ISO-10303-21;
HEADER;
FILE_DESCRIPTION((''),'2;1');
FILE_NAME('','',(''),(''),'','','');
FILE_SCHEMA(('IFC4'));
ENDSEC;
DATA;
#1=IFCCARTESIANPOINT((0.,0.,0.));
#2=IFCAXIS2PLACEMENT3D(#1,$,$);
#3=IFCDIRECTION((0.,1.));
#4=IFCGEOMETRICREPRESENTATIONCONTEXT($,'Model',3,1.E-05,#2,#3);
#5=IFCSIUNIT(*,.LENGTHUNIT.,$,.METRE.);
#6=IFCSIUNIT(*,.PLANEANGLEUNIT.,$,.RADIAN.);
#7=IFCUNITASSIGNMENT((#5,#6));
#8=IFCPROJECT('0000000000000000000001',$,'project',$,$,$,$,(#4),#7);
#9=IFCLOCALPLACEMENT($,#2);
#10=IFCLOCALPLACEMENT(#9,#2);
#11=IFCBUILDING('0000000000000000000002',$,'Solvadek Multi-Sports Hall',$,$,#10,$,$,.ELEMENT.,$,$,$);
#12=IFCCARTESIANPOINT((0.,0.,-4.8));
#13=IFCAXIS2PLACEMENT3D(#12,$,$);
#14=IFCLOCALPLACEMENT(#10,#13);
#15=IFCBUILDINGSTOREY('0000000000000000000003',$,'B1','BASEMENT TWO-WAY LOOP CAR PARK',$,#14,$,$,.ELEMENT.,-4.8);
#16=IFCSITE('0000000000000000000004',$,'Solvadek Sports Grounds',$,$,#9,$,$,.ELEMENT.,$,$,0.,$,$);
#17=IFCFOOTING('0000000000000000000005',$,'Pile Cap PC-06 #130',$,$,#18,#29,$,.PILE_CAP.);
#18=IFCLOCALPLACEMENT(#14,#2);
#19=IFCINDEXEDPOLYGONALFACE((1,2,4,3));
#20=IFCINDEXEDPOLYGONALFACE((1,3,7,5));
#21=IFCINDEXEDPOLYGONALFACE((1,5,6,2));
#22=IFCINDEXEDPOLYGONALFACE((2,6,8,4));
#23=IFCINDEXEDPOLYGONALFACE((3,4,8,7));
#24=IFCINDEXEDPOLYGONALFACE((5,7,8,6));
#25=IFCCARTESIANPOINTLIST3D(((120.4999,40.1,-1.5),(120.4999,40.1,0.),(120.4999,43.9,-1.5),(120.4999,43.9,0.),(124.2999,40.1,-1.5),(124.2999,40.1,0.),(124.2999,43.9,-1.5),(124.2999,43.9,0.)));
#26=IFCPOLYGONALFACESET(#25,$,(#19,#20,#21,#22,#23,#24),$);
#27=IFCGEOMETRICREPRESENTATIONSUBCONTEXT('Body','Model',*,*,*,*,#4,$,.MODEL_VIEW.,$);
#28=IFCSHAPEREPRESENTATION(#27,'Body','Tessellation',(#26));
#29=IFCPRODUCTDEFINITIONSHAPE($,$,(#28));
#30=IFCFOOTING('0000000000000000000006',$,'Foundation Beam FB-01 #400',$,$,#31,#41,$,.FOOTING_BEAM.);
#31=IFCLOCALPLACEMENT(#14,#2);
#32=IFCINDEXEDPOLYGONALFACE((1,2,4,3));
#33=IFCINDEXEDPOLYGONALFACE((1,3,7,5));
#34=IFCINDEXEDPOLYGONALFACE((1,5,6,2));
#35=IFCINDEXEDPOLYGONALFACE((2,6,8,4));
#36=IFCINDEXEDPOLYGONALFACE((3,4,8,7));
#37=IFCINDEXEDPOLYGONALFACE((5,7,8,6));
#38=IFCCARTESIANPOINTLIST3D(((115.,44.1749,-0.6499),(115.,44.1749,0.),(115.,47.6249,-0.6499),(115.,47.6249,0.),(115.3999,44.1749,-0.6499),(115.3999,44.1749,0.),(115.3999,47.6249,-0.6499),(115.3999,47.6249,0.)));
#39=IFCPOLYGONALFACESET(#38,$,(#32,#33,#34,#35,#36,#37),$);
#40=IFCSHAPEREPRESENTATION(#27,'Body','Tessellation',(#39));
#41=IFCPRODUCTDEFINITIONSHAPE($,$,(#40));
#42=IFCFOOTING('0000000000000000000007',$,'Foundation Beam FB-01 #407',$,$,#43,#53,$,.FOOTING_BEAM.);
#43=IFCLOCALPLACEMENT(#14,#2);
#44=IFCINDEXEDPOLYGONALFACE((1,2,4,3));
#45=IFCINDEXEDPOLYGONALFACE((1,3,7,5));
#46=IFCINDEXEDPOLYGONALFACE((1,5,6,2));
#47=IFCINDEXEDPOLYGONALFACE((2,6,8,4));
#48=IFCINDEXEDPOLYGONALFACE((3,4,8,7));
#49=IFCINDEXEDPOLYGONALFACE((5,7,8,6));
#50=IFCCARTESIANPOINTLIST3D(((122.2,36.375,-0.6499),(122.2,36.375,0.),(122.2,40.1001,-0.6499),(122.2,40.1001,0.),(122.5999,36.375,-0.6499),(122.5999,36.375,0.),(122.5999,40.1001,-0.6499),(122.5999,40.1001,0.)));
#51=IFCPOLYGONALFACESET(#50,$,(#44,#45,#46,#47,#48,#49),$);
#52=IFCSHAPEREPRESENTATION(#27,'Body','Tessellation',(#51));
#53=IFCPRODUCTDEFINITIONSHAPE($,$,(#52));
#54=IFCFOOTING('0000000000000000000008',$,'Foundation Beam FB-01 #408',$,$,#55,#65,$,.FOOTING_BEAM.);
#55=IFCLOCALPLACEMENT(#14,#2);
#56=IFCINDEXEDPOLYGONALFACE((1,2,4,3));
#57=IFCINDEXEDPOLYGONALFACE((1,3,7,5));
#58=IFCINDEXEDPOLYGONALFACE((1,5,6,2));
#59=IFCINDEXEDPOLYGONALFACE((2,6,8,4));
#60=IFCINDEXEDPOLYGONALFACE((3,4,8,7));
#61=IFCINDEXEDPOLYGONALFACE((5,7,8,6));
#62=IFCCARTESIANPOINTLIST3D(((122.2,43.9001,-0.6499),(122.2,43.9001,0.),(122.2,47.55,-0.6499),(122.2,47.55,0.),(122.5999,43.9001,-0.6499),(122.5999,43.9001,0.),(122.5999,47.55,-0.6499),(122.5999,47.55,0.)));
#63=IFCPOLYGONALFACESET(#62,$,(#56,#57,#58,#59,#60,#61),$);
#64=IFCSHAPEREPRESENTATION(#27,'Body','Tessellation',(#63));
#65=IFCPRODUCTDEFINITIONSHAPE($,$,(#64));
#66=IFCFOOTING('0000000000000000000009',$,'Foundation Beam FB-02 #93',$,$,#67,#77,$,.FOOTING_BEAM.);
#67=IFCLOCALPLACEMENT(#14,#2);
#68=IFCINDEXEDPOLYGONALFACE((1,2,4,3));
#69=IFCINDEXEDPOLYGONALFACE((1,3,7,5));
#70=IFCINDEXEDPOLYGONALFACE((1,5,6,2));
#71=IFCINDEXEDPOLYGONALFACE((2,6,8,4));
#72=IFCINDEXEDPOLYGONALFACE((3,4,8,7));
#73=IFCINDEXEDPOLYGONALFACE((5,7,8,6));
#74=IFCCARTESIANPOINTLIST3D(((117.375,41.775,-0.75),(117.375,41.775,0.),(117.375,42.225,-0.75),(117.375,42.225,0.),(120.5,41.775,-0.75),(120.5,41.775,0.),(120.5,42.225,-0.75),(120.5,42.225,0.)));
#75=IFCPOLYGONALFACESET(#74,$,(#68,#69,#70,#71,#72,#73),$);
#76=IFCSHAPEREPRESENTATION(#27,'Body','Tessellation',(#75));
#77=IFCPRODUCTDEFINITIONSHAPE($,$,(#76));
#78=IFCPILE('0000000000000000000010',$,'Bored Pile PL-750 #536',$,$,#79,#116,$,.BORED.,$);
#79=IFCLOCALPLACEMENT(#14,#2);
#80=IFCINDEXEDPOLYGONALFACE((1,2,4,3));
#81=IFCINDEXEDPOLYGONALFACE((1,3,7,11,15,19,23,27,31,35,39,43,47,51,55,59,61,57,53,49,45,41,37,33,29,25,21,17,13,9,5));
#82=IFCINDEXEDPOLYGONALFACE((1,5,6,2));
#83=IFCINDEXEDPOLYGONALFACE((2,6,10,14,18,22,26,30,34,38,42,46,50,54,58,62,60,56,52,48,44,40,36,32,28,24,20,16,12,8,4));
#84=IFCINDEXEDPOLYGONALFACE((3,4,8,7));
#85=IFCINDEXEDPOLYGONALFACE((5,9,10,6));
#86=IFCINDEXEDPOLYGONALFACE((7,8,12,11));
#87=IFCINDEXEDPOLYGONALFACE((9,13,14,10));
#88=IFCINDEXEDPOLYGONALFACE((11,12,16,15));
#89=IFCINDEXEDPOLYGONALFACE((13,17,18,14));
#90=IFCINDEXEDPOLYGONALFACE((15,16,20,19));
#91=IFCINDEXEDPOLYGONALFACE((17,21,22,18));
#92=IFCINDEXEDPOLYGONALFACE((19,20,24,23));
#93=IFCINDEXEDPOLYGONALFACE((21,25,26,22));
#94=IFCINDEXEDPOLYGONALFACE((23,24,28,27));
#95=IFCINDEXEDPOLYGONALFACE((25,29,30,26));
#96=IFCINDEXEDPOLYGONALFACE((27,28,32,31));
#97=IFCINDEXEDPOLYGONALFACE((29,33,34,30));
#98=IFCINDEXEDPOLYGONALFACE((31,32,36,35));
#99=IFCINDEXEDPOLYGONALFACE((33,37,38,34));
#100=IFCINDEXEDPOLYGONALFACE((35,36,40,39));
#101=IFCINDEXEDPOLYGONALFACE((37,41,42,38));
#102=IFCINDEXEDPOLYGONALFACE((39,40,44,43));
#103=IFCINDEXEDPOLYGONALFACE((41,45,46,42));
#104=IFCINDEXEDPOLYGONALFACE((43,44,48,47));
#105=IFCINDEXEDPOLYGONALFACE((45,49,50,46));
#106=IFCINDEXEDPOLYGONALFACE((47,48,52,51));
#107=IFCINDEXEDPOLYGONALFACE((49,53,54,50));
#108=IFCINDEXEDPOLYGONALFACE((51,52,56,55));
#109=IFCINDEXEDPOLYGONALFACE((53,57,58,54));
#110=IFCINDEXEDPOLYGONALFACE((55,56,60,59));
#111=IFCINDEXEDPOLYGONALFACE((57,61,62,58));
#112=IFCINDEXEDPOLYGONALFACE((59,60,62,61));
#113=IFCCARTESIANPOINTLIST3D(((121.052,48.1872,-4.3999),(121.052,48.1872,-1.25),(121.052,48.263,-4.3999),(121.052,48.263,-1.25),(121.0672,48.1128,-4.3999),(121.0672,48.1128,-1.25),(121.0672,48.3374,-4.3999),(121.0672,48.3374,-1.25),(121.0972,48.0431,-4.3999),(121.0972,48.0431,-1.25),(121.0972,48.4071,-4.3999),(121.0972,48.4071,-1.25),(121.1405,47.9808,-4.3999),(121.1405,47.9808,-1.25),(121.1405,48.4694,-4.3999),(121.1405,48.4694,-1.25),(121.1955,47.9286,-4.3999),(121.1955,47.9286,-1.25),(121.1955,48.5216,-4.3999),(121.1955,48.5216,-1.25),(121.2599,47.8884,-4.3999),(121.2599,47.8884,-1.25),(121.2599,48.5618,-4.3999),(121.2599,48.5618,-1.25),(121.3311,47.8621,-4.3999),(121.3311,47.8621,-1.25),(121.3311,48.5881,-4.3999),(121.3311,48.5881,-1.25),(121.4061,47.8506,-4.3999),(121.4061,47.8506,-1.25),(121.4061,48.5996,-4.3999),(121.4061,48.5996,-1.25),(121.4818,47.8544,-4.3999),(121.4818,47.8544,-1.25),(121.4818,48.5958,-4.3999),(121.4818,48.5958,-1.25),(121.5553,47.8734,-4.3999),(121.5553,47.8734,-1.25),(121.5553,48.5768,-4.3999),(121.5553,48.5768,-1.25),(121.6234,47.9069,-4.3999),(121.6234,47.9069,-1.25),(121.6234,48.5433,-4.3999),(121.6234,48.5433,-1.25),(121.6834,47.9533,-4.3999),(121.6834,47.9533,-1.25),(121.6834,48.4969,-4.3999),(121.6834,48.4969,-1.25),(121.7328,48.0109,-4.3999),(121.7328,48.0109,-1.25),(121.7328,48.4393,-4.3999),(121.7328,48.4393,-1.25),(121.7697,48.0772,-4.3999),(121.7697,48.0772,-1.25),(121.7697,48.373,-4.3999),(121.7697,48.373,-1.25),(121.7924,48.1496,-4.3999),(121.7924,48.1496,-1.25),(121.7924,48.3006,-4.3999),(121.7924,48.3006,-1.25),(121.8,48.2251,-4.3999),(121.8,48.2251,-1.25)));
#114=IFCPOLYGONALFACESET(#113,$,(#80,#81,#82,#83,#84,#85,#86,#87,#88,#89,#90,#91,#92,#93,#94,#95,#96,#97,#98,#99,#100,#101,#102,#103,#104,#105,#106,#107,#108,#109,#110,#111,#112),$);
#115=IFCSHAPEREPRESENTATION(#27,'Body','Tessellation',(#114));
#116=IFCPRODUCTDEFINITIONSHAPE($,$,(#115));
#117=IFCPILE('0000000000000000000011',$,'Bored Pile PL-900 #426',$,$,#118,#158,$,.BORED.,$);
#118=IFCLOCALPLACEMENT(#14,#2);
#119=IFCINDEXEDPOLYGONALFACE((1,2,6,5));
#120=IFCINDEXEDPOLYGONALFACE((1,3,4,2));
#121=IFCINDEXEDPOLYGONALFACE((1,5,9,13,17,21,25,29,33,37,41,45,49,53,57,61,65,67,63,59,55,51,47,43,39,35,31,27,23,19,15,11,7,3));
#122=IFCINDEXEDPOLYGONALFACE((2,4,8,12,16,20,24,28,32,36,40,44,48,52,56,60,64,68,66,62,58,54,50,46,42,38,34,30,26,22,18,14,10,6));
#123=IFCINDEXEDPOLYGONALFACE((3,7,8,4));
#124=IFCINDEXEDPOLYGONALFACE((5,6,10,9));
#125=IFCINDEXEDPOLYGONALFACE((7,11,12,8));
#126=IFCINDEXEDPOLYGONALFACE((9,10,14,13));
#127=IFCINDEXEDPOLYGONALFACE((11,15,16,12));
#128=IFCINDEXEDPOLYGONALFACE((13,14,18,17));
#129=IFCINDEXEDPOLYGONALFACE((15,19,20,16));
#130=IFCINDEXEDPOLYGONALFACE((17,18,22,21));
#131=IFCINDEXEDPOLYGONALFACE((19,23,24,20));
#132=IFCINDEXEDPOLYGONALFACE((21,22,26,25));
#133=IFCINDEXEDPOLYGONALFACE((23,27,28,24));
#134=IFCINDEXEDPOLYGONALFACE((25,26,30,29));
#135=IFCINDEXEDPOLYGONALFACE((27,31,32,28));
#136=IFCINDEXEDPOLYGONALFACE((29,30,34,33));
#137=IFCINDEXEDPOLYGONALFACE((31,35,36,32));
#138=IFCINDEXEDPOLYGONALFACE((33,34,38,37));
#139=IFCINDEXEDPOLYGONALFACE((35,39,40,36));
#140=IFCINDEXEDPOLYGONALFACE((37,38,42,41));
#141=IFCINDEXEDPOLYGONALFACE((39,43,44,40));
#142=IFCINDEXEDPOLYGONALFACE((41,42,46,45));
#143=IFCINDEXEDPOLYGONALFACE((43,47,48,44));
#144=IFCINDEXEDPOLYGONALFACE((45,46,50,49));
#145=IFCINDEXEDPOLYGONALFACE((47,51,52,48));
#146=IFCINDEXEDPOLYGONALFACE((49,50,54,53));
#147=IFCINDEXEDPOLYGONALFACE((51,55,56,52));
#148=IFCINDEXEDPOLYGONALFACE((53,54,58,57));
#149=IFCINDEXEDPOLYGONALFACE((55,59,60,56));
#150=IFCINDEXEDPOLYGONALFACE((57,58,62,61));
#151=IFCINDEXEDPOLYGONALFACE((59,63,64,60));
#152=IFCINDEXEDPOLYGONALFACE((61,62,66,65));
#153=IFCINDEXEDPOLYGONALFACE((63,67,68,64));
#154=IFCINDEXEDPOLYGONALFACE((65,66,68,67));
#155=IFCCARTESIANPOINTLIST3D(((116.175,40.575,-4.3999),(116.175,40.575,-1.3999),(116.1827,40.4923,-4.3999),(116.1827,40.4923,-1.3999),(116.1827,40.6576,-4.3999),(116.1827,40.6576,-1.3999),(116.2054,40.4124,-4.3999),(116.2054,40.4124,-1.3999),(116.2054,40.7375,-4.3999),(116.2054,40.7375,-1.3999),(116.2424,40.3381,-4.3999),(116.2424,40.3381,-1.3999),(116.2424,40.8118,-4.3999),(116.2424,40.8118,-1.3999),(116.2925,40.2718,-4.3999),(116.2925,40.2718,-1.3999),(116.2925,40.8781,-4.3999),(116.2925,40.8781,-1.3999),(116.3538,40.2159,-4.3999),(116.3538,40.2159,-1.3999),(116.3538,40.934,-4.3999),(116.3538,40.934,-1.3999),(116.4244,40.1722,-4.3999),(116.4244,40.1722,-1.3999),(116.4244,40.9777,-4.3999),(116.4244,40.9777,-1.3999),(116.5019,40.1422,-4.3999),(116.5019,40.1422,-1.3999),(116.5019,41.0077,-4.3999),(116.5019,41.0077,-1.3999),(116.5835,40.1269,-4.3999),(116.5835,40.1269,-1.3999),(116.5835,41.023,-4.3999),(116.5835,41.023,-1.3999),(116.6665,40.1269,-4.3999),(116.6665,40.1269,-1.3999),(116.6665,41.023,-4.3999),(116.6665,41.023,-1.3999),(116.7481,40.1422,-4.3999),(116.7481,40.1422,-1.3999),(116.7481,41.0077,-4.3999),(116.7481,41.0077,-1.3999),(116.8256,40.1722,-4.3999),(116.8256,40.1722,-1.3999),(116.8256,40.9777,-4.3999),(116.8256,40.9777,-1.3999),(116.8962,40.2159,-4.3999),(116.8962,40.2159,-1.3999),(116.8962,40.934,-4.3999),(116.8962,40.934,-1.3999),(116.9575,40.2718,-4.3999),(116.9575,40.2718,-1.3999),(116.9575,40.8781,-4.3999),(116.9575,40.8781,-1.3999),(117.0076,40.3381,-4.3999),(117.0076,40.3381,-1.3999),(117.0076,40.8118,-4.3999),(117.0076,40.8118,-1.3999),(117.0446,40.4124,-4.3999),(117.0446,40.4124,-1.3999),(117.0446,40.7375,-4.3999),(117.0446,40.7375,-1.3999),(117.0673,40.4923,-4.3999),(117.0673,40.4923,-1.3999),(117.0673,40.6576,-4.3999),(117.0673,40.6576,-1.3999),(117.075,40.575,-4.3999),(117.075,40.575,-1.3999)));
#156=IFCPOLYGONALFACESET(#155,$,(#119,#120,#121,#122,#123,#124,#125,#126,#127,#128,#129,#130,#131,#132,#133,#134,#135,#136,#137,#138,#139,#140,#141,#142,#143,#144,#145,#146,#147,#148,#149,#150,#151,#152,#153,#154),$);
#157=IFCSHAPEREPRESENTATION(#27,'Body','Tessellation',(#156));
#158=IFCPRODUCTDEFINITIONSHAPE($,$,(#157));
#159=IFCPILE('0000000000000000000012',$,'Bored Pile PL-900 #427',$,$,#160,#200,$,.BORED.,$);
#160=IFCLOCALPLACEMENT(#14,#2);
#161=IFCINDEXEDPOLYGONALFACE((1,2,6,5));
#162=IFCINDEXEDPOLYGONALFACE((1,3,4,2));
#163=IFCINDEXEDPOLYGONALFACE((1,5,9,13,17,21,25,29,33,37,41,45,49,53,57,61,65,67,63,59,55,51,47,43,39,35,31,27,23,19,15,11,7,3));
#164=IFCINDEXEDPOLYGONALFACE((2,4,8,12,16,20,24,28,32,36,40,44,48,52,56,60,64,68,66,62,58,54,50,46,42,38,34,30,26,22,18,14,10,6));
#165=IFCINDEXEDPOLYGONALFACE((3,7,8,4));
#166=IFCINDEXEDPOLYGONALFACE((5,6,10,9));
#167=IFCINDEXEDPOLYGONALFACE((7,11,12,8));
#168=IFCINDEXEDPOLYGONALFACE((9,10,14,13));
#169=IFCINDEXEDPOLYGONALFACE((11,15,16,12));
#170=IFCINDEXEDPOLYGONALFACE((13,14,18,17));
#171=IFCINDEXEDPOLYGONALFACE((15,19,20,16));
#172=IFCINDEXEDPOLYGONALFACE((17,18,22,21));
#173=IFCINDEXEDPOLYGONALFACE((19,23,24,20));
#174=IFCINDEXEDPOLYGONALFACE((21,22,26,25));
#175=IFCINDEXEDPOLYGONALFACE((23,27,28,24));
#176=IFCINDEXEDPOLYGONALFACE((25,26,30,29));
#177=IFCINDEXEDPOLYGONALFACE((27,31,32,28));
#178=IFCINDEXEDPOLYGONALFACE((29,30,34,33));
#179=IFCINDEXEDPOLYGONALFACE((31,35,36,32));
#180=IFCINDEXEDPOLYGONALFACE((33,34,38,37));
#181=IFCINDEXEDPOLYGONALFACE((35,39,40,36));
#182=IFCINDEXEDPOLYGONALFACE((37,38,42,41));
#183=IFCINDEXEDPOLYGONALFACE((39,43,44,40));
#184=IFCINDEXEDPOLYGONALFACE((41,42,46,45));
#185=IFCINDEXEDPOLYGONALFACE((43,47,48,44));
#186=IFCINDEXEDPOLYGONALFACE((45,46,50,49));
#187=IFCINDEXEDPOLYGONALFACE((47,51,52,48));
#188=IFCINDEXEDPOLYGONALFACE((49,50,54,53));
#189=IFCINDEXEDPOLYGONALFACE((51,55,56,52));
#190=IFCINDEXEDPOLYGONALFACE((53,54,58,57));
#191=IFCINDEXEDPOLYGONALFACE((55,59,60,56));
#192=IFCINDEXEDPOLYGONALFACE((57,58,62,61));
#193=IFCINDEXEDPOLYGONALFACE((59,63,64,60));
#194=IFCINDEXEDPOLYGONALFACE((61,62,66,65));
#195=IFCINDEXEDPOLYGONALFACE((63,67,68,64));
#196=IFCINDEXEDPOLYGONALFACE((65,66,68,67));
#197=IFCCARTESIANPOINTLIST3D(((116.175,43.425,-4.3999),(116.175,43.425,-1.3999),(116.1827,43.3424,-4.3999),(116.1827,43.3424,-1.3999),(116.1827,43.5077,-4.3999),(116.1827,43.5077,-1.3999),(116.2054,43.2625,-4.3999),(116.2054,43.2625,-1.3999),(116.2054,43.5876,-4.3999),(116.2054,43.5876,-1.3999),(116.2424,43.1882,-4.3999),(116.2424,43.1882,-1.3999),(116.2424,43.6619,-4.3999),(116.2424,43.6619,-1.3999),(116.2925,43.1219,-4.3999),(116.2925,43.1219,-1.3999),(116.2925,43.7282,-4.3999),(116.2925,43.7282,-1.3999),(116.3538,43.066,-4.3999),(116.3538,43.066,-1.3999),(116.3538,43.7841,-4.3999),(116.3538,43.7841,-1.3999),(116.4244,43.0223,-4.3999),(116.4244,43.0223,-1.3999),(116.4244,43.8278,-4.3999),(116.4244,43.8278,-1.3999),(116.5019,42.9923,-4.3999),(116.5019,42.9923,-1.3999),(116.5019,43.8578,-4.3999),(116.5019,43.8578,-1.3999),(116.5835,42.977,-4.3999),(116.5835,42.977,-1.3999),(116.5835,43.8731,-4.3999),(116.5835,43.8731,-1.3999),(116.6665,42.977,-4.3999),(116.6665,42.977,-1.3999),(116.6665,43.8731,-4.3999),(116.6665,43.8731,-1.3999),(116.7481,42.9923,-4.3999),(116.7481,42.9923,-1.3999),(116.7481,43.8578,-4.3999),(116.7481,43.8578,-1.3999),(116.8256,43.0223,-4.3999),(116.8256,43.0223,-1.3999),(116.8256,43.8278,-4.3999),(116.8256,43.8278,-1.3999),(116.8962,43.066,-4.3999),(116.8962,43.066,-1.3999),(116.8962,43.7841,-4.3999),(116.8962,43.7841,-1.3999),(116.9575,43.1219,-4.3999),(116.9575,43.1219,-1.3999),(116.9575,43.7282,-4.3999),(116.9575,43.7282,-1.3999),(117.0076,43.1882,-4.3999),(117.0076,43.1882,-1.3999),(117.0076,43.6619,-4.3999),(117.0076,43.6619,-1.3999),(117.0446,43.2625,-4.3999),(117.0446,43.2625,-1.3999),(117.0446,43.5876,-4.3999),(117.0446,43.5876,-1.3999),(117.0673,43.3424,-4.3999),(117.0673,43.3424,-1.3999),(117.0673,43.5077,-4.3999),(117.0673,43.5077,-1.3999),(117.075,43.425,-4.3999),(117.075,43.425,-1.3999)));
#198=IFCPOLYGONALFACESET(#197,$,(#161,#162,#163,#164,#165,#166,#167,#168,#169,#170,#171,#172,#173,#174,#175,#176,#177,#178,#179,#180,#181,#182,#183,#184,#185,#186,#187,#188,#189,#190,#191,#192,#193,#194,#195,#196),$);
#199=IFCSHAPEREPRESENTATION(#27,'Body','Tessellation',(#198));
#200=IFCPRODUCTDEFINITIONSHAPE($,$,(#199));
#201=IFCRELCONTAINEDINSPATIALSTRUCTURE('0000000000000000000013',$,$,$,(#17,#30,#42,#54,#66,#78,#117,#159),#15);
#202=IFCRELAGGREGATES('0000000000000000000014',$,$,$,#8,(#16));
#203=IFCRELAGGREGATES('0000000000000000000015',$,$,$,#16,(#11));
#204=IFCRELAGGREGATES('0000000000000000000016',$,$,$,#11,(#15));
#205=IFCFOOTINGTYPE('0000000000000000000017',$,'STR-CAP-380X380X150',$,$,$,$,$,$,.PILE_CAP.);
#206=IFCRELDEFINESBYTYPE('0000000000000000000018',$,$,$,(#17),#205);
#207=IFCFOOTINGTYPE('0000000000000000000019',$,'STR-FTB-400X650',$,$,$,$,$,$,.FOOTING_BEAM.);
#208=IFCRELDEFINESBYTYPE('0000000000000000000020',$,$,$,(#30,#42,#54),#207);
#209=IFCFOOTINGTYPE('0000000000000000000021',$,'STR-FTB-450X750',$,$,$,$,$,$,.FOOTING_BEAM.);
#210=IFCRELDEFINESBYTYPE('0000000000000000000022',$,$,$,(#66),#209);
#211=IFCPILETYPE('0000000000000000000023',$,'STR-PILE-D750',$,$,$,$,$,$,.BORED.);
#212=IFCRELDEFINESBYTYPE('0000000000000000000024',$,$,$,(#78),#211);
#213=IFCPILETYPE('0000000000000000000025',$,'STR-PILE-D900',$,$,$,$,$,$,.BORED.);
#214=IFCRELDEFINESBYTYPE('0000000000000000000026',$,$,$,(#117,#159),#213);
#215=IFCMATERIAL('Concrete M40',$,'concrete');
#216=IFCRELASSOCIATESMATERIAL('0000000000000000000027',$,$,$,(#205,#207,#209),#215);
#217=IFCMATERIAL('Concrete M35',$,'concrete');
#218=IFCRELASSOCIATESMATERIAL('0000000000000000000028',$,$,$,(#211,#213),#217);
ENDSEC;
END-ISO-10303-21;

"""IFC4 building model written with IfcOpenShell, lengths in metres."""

from ifc_helpers import new_model, si_unit, direction, frame, origin, origin_2d, place, context, subcontext, project, spatial, rectangle, circle, extrude, material, material_profile, profile_set, type_object, element, save


model = new_model("IFC4")

# Units and contexts
model_context = context("Model", 3, precision=1e-05, world=origin(), true_north=direction((0.0, 1.0)))
body_context = subcontext(model_context, "Body", "Model", "MODEL_VIEW")
ifc_project = project(units=[si_unit("LENGTHUNIT", "METRE"), si_unit("PLANEANGLEUNIT", "RADIAN")], contexts=[model_context])

# Site, building, storey
site_placement = place(None, origin())
site = spatial("IfcSite", under=ifc_project, at=site_placement, Name="Solvadek Sports Grounds", CompositionType="ELEMENT", RefElevation=0.0)
building_placement = place(site_placement, origin())
building = spatial("IfcBuilding", under=site, at=building_placement, Name="Solvadek Multi-Sports Hall", CompositionType="ELEMENT")
storey_placement = place(building_placement, frame((0.0, 0.0, -4.8)))
storey = spatial("IfcBuildingStorey", under=building, at=storey_placement, Name="B1", Description="BASEMENT TWO-WAY LOOP CAR PARK", CompositionType="ELEMENT", Elevation=-4.8)

# Footings
ifc_material_1 = material(Name="Concrete M40", Category="concrete")
footing_type_1 = type_object("IfcFootingType", Name="STR-CAP-380X380X150", PredefinedType="PILE_CAP", material=ifc_material_1)
footing_1_placement = place(storey_placement, frame((122.3999, 42.0, -1.5), z_axis=(0.0, 0.0, 1.0), x_axis=(1.0, 0.0, 0.0)))
element("IfcFooting", 1, at=footing_1_placement, inside=storey, type_object=footing_type_1, Name="Pile Cap PC-06 #130", PredefinedType="PILE_CAP", context=body_context, shape_type="SweptSolid", body=[
    extrude(rectangle(XDim=3.8, YDim=3.8, at=origin_2d()), origin(), (0.0, 0.0, 1.0), 1.5),
])
footing_type_2 = type_object("IfcFootingType", Name="STR-FTB-400X650", PredefinedType="FOOTING_BEAM", material=ifc_material_1)
footing_2_placement = place(storey_placement, frame((115.2, 45.8999, -0.6499), z_axis=(0.0, 0.0, 1.0), x_axis=(0.0, 1.0, 0.0)))
element("IfcFooting", 2, at=footing_2_placement, inside=storey, type_object=footing_type_2, Name="Foundation Beam FB-01 #400", PredefinedType="FOOTING_BEAM", context=body_context, shape_type="SweptSolid", body=[
    extrude(rectangle(XDim=3.45, YDim=0.3999, at=origin_2d()), origin(), (0.0, 0.0, 1.0), 0.6499),
])
footing_3_placement = place(storey_placement, frame((122.3999, 38.2375, -0.6499), z_axis=(0.0, 0.0, 1.0), x_axis=(0.0, 1.0, 0.0)))
element("IfcFooting", 3, at=footing_3_placement, inside=storey, type_object=footing_type_2, Name="Foundation Beam FB-01 #407", PredefinedType="FOOTING_BEAM", context=body_context, shape_type="SweptSolid", body=[
    extrude(rectangle(XDim=3.7251, YDim=0.3999, at=origin_2d()), origin(), (0.0, 0.0, 1.0), 0.6499),
])
footing_4_placement = place(storey_placement, frame((122.3999, 45.7251, -0.6499), z_axis=(0.0, 0.0, 1.0), x_axis=(0.0, 1.0, 0.0)))
element("IfcFooting", 4, at=footing_4_placement, inside=storey, type_object=footing_type_2, Name="Foundation Beam FB-01 #408", PredefinedType="FOOTING_BEAM", context=body_context, shape_type="SweptSolid", body=[
    extrude(rectangle(XDim=3.6499, YDim=0.3999, at=origin_2d()), origin(), (0.0, 0.0, 1.0), 0.6499),
])
footing_type_3 = type_object("IfcFootingType", Name="STR-FTB-450X750", PredefinedType="FOOTING_BEAM", material=ifc_material_1)
footing_5_placement = place(storey_placement, frame((118.9375, 42.0, -0.75), z_axis=(0.0, 0.0, 1.0), x_axis=(1.0, 0.0, 0.0)))
element("IfcFooting", 5, at=footing_5_placement, inside=storey, type_object=footing_type_3, Name="Foundation Beam FB-02 #93", PredefinedType="FOOTING_BEAM", context=body_context, shape_type="SweptSolid", body=[
    extrude(rectangle(XDim=3.125, YDim=0.45, at=origin_2d()), origin(), (0.0, 0.0, 1.0), 0.75),
])

# Piles
ifc_material_2 = material(Name="Concrete M35", Category="concrete")
ifc_material_profile_1 = material_profile(ifc_material_2, circle(Radius=0.375, at=origin_2d()), Name="BORED PILE D750")
ifc_profile_set_1 = profile_set([ifc_material_profile_1], Name="Concrete M35")
pile_type_1 = type_object("IfcPileType", Name="STR-PILE-D750", PredefinedType="BORED", material=ifc_profile_set_1)
pile_placement = place(storey_placement, frame((121.425, 48.2251, -1.25), z_axis=(0.0, 0.0, -1.0), x_axis=(1.0, 0.0, 0.0)))
element("IfcPile", 6, at=pile_placement, inside=storey, type_object=pile_type_1, Name="Bored Pile PL-750 #536", PredefinedType="BORED", context=body_context, shape_type="SweptSolid", body=[
    extrude(circle(Radius=0.375, at=origin_2d()), origin(), (0.0, 0.0, 1.0), 3.1499),
])
ifc_material_profile_2 = material_profile(ifc_material_2, circle(Radius=0.45, at=origin_2d()), Name="BORED PILE D900")
ifc_profile_set_2 = profile_set([ifc_material_profile_2], Name="Concrete M35")
pile_type_2 = type_object("IfcPileType", Name="STR-PILE-D900", PredefinedType="BORED", material=ifc_profile_set_2)
for number, where, z_axis, x_axis, name in (
    (7, (116.625, 40.575, -1.3999), (0.0, 0.0, -1.0), (1.0, 0.0, 0.0), "Bored Pile PL-900 #426"),
    (8, (116.625, 43.425, -1.3999), (0.0, 0.0, -1.0), (1.0, 0.0, 0.0), "Bored Pile PL-900 #427"),
):
    element("IfcPile", number, at=place(storey_placement, frame(where, z_axis=z_axis, x_axis=x_axis)), inside=storey, type_object=pile_type_2, Name=name, PredefinedType="BORED", context=body_context, shape_type="SweptSolid", body=[
        extrude(circle(Radius=0.45, at=origin_2d()), origin(), (0.0, 0.0, 1.0), 3.0),
    ])

save(model, "model.ifc")
